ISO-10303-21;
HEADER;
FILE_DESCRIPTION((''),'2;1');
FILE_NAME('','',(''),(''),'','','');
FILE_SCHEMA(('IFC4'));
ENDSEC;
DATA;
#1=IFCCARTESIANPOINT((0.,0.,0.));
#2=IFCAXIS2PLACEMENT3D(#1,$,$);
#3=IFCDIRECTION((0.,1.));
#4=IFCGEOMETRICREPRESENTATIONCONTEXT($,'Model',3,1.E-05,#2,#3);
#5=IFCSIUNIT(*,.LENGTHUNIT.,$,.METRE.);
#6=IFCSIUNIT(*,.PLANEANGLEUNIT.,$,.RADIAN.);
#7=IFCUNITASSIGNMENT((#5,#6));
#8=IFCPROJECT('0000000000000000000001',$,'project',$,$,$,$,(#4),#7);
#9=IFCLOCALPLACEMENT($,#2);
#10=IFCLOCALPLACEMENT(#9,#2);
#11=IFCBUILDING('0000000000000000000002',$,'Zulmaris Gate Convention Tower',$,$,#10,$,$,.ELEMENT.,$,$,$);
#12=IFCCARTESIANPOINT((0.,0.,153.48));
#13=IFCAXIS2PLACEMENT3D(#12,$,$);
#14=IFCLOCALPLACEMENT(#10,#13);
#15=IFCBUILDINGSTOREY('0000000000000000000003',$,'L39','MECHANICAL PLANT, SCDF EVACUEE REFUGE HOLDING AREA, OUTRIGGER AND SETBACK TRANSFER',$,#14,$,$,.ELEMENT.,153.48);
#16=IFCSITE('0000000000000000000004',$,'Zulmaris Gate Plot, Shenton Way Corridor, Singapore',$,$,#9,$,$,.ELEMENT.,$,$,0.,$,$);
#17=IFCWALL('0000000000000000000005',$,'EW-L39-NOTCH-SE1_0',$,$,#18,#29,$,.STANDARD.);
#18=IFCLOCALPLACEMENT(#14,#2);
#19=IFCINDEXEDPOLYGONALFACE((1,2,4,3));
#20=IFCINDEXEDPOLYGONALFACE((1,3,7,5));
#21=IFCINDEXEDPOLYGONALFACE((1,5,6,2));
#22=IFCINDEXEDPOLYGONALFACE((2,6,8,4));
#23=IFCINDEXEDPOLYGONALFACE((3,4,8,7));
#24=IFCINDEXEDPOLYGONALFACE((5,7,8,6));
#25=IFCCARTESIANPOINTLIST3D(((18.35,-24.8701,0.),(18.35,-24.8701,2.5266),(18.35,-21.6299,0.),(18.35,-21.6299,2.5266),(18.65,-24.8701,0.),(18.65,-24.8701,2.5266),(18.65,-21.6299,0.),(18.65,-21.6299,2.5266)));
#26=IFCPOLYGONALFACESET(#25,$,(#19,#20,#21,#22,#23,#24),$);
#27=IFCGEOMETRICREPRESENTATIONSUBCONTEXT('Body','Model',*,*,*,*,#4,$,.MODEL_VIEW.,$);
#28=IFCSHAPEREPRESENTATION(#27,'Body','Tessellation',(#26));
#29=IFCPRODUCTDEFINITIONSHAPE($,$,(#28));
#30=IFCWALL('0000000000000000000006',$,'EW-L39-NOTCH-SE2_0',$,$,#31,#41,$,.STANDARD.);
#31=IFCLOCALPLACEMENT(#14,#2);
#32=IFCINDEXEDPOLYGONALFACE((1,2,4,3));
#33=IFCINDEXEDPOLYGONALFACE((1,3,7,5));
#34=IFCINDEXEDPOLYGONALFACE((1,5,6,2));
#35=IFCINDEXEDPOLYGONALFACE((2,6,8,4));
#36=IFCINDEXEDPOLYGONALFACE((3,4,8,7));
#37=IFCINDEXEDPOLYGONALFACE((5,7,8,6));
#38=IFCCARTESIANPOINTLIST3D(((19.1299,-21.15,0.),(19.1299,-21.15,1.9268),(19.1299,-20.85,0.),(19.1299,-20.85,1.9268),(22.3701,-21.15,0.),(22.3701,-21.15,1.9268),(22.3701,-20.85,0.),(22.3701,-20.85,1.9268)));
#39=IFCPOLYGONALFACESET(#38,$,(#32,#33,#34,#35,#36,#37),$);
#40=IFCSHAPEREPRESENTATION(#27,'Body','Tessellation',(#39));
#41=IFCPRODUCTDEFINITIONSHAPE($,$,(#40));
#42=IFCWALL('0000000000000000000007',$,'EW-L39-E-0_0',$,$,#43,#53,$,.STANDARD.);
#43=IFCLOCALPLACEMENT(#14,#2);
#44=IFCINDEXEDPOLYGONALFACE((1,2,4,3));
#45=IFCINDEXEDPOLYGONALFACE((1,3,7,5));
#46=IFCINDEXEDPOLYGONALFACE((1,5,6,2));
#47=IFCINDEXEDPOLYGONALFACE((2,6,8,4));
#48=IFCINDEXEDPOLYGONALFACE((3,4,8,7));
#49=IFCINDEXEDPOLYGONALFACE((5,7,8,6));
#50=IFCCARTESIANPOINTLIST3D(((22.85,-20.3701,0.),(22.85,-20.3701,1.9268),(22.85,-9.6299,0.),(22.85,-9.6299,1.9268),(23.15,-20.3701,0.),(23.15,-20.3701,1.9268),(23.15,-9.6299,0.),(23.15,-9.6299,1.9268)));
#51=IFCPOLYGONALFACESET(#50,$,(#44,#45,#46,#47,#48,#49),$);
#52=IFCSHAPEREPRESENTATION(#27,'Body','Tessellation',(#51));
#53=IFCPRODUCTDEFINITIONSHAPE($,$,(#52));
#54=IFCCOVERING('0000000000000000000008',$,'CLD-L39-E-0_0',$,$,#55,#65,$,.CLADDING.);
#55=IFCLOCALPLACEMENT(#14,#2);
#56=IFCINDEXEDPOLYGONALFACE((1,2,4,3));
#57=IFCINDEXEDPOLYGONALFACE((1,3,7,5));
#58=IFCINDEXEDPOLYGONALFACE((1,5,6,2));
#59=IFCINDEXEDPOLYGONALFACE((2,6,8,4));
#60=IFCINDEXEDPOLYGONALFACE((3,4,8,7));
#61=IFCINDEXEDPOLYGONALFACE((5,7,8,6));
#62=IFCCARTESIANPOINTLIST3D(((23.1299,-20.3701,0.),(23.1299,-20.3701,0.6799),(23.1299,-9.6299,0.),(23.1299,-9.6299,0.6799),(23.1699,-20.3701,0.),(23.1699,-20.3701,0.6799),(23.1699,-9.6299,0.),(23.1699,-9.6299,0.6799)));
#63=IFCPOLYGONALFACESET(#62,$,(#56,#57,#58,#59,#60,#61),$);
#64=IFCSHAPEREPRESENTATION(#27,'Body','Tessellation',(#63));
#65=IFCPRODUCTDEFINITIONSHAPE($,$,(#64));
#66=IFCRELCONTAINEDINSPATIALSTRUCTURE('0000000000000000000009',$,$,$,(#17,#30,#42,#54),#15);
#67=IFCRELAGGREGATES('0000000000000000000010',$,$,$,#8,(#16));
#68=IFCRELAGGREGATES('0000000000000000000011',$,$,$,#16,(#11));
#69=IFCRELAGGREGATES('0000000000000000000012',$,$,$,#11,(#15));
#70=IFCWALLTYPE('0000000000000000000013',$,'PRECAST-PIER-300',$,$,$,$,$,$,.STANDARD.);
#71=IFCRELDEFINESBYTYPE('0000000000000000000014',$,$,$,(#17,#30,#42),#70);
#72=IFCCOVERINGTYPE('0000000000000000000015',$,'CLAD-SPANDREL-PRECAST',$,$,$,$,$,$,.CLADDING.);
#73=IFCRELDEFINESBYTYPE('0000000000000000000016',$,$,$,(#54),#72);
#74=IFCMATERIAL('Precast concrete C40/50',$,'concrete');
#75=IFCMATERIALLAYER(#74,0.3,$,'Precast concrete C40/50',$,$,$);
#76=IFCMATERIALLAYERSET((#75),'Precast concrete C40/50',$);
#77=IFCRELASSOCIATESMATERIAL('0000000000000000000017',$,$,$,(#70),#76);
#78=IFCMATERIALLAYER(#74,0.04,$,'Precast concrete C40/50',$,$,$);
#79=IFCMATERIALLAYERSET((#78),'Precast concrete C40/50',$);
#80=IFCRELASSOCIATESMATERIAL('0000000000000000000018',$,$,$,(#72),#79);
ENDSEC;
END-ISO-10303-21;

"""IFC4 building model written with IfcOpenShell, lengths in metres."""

from ifc_helpers import new_model, si_unit, direction, frame, frame_2d, origin, place, context, subcontext, project, spatial, rectangle, extrude, material, layer, layer_set, type_object, element, save


model = new_model("IFC4")

# Units and contexts
model_context = context("Model", 3, precision=1e-05, world=origin(), true_north=direction((0.0, 1.0)))
body_context = subcontext(model_context, "Body", "Model", "MODEL_VIEW")
ifc_project = project(units=[si_unit("LENGTHUNIT", "METRE"), si_unit("PLANEANGLEUNIT", "RADIAN")], contexts=[model_context])

# Site, building, storey
site_placement = place(None, origin())
site = spatial("IfcSite", under=ifc_project, at=site_placement, Name="Zulmaris Gate Plot, Shenton Way Corridor, Singapore", CompositionType="ELEMENT", RefElevation=0.0)
building_placement = place(site_placement, origin())
building = spatial("IfcBuilding", under=site, at=building_placement, Name="Zulmaris Gate Convention Tower", CompositionType="ELEMENT")
storey_placement = place(building_placement, frame((0.0, 0.0, 153.48)))
storey = spatial("IfcBuildingStorey", under=building, at=storey_placement, Name="L39", Description="MECHANICAL PLANT, SCDF EVACUEE REFUGE HOLDING AREA, OUTRIGGER AND SETBACK TRANSFER", CompositionType="ELEMENT", Elevation=153.48)

# Walls
ifc_material_1 = material(Name="Precast concrete C40/50", Category="concrete")
ifc_layer_1 = layer(ifc_material_1, 0.3, Name="Precast concrete C40/50")
ifc_layer_set_1 = layer_set([ifc_layer_1], Name="Precast concrete C40/50")
wall_type_1 = type_object("IfcWallType", Name="PRECAST-PIER-300", PredefinedType="STANDARD", material=ifc_layer_set_1)
wall_1_placement = place(storey_placement, frame((18.5, -24.8701, 0.0), z_axis=(0.0, 0.0, 1.0), x_axis=(0.0, 1.0, 0.0)))
element("IfcWall", 1, at=wall_1_placement, inside=storey, type_object=wall_type_1, Name="EW-L39-NOTCH-SE1_0", PredefinedType="STANDARD", context=body_context, shape_type="SweptSolid", body=[
    extrude(rectangle(XDim=3.2402, YDim=0.3, at=frame_2d((1.6201, 0.0))), origin(), (0.0, 0.0, 1.0), 2.5266),
])
wall_2_placement = place(storey_placement, frame((19.1299, -21.0, 0.0), z_axis=(0.0, 0.0, 1.0), x_axis=(1.0, 0.0, 0.0)))
element("IfcWall", 2, at=wall_2_placement, inside=storey, type_object=wall_type_1, Name="EW-L39-NOTCH-SE2_0", PredefinedType="STANDARD", context=body_context, shape_type="SweptSolid", body=[
    extrude(rectangle(XDim=3.2402, YDim=0.3, at=frame_2d((1.6201, 0.0))), origin(), (0.0, 0.0, 1.0), 1.9268),
])
wall_3_placement = place(storey_placement, frame((23.0, -20.3701, 0.0), z_axis=(0.0, 0.0, 1.0), x_axis=(0.0, 1.0, 0.0)))
element("IfcWall", 3, at=wall_3_placement, inside=storey, type_object=wall_type_1, Name="EW-L39-E-0_0", PredefinedType="STANDARD", context=body_context, shape_type="SweptSolid", body=[
    extrude(rectangle(XDim=10.7402, YDim=0.3, at=frame_2d((5.3701, 0.0))), origin(), (0.0, 0.0, 1.0), 1.9268),
])

# Covering
ifc_layer_2 = layer(ifc_material_1, 0.04, Name="Precast concrete C40/50")
ifc_layer_set_2 = layer_set([ifc_layer_2], Name="Precast concrete C40/50")
covering_type = type_object("IfcCoveringType", Name="CLAD-SPANDREL-PRECAST", PredefinedType="CLADDING", material=ifc_layer_set_2)
covering_placement = place(storey_placement, frame((23.1499, -20.3701, 0.0), z_axis=(0.0, 0.0, 1.0), x_axis=(0.0, 1.0, 0.0)))
element("IfcCovering", 4, at=covering_placement, inside=storey, type_object=covering_type, Name="CLD-L39-E-0_0", PredefinedType="CLADDING", context=body_context, shape_type="SweptSolid", body=[
    extrude(rectangle(XDim=10.7402, YDim=0.04, at=frame_2d((5.3701, 0.0))), origin(), (0.0, 0.0, 1.0), 0.6799),
])

save(model, "model.ifc")
